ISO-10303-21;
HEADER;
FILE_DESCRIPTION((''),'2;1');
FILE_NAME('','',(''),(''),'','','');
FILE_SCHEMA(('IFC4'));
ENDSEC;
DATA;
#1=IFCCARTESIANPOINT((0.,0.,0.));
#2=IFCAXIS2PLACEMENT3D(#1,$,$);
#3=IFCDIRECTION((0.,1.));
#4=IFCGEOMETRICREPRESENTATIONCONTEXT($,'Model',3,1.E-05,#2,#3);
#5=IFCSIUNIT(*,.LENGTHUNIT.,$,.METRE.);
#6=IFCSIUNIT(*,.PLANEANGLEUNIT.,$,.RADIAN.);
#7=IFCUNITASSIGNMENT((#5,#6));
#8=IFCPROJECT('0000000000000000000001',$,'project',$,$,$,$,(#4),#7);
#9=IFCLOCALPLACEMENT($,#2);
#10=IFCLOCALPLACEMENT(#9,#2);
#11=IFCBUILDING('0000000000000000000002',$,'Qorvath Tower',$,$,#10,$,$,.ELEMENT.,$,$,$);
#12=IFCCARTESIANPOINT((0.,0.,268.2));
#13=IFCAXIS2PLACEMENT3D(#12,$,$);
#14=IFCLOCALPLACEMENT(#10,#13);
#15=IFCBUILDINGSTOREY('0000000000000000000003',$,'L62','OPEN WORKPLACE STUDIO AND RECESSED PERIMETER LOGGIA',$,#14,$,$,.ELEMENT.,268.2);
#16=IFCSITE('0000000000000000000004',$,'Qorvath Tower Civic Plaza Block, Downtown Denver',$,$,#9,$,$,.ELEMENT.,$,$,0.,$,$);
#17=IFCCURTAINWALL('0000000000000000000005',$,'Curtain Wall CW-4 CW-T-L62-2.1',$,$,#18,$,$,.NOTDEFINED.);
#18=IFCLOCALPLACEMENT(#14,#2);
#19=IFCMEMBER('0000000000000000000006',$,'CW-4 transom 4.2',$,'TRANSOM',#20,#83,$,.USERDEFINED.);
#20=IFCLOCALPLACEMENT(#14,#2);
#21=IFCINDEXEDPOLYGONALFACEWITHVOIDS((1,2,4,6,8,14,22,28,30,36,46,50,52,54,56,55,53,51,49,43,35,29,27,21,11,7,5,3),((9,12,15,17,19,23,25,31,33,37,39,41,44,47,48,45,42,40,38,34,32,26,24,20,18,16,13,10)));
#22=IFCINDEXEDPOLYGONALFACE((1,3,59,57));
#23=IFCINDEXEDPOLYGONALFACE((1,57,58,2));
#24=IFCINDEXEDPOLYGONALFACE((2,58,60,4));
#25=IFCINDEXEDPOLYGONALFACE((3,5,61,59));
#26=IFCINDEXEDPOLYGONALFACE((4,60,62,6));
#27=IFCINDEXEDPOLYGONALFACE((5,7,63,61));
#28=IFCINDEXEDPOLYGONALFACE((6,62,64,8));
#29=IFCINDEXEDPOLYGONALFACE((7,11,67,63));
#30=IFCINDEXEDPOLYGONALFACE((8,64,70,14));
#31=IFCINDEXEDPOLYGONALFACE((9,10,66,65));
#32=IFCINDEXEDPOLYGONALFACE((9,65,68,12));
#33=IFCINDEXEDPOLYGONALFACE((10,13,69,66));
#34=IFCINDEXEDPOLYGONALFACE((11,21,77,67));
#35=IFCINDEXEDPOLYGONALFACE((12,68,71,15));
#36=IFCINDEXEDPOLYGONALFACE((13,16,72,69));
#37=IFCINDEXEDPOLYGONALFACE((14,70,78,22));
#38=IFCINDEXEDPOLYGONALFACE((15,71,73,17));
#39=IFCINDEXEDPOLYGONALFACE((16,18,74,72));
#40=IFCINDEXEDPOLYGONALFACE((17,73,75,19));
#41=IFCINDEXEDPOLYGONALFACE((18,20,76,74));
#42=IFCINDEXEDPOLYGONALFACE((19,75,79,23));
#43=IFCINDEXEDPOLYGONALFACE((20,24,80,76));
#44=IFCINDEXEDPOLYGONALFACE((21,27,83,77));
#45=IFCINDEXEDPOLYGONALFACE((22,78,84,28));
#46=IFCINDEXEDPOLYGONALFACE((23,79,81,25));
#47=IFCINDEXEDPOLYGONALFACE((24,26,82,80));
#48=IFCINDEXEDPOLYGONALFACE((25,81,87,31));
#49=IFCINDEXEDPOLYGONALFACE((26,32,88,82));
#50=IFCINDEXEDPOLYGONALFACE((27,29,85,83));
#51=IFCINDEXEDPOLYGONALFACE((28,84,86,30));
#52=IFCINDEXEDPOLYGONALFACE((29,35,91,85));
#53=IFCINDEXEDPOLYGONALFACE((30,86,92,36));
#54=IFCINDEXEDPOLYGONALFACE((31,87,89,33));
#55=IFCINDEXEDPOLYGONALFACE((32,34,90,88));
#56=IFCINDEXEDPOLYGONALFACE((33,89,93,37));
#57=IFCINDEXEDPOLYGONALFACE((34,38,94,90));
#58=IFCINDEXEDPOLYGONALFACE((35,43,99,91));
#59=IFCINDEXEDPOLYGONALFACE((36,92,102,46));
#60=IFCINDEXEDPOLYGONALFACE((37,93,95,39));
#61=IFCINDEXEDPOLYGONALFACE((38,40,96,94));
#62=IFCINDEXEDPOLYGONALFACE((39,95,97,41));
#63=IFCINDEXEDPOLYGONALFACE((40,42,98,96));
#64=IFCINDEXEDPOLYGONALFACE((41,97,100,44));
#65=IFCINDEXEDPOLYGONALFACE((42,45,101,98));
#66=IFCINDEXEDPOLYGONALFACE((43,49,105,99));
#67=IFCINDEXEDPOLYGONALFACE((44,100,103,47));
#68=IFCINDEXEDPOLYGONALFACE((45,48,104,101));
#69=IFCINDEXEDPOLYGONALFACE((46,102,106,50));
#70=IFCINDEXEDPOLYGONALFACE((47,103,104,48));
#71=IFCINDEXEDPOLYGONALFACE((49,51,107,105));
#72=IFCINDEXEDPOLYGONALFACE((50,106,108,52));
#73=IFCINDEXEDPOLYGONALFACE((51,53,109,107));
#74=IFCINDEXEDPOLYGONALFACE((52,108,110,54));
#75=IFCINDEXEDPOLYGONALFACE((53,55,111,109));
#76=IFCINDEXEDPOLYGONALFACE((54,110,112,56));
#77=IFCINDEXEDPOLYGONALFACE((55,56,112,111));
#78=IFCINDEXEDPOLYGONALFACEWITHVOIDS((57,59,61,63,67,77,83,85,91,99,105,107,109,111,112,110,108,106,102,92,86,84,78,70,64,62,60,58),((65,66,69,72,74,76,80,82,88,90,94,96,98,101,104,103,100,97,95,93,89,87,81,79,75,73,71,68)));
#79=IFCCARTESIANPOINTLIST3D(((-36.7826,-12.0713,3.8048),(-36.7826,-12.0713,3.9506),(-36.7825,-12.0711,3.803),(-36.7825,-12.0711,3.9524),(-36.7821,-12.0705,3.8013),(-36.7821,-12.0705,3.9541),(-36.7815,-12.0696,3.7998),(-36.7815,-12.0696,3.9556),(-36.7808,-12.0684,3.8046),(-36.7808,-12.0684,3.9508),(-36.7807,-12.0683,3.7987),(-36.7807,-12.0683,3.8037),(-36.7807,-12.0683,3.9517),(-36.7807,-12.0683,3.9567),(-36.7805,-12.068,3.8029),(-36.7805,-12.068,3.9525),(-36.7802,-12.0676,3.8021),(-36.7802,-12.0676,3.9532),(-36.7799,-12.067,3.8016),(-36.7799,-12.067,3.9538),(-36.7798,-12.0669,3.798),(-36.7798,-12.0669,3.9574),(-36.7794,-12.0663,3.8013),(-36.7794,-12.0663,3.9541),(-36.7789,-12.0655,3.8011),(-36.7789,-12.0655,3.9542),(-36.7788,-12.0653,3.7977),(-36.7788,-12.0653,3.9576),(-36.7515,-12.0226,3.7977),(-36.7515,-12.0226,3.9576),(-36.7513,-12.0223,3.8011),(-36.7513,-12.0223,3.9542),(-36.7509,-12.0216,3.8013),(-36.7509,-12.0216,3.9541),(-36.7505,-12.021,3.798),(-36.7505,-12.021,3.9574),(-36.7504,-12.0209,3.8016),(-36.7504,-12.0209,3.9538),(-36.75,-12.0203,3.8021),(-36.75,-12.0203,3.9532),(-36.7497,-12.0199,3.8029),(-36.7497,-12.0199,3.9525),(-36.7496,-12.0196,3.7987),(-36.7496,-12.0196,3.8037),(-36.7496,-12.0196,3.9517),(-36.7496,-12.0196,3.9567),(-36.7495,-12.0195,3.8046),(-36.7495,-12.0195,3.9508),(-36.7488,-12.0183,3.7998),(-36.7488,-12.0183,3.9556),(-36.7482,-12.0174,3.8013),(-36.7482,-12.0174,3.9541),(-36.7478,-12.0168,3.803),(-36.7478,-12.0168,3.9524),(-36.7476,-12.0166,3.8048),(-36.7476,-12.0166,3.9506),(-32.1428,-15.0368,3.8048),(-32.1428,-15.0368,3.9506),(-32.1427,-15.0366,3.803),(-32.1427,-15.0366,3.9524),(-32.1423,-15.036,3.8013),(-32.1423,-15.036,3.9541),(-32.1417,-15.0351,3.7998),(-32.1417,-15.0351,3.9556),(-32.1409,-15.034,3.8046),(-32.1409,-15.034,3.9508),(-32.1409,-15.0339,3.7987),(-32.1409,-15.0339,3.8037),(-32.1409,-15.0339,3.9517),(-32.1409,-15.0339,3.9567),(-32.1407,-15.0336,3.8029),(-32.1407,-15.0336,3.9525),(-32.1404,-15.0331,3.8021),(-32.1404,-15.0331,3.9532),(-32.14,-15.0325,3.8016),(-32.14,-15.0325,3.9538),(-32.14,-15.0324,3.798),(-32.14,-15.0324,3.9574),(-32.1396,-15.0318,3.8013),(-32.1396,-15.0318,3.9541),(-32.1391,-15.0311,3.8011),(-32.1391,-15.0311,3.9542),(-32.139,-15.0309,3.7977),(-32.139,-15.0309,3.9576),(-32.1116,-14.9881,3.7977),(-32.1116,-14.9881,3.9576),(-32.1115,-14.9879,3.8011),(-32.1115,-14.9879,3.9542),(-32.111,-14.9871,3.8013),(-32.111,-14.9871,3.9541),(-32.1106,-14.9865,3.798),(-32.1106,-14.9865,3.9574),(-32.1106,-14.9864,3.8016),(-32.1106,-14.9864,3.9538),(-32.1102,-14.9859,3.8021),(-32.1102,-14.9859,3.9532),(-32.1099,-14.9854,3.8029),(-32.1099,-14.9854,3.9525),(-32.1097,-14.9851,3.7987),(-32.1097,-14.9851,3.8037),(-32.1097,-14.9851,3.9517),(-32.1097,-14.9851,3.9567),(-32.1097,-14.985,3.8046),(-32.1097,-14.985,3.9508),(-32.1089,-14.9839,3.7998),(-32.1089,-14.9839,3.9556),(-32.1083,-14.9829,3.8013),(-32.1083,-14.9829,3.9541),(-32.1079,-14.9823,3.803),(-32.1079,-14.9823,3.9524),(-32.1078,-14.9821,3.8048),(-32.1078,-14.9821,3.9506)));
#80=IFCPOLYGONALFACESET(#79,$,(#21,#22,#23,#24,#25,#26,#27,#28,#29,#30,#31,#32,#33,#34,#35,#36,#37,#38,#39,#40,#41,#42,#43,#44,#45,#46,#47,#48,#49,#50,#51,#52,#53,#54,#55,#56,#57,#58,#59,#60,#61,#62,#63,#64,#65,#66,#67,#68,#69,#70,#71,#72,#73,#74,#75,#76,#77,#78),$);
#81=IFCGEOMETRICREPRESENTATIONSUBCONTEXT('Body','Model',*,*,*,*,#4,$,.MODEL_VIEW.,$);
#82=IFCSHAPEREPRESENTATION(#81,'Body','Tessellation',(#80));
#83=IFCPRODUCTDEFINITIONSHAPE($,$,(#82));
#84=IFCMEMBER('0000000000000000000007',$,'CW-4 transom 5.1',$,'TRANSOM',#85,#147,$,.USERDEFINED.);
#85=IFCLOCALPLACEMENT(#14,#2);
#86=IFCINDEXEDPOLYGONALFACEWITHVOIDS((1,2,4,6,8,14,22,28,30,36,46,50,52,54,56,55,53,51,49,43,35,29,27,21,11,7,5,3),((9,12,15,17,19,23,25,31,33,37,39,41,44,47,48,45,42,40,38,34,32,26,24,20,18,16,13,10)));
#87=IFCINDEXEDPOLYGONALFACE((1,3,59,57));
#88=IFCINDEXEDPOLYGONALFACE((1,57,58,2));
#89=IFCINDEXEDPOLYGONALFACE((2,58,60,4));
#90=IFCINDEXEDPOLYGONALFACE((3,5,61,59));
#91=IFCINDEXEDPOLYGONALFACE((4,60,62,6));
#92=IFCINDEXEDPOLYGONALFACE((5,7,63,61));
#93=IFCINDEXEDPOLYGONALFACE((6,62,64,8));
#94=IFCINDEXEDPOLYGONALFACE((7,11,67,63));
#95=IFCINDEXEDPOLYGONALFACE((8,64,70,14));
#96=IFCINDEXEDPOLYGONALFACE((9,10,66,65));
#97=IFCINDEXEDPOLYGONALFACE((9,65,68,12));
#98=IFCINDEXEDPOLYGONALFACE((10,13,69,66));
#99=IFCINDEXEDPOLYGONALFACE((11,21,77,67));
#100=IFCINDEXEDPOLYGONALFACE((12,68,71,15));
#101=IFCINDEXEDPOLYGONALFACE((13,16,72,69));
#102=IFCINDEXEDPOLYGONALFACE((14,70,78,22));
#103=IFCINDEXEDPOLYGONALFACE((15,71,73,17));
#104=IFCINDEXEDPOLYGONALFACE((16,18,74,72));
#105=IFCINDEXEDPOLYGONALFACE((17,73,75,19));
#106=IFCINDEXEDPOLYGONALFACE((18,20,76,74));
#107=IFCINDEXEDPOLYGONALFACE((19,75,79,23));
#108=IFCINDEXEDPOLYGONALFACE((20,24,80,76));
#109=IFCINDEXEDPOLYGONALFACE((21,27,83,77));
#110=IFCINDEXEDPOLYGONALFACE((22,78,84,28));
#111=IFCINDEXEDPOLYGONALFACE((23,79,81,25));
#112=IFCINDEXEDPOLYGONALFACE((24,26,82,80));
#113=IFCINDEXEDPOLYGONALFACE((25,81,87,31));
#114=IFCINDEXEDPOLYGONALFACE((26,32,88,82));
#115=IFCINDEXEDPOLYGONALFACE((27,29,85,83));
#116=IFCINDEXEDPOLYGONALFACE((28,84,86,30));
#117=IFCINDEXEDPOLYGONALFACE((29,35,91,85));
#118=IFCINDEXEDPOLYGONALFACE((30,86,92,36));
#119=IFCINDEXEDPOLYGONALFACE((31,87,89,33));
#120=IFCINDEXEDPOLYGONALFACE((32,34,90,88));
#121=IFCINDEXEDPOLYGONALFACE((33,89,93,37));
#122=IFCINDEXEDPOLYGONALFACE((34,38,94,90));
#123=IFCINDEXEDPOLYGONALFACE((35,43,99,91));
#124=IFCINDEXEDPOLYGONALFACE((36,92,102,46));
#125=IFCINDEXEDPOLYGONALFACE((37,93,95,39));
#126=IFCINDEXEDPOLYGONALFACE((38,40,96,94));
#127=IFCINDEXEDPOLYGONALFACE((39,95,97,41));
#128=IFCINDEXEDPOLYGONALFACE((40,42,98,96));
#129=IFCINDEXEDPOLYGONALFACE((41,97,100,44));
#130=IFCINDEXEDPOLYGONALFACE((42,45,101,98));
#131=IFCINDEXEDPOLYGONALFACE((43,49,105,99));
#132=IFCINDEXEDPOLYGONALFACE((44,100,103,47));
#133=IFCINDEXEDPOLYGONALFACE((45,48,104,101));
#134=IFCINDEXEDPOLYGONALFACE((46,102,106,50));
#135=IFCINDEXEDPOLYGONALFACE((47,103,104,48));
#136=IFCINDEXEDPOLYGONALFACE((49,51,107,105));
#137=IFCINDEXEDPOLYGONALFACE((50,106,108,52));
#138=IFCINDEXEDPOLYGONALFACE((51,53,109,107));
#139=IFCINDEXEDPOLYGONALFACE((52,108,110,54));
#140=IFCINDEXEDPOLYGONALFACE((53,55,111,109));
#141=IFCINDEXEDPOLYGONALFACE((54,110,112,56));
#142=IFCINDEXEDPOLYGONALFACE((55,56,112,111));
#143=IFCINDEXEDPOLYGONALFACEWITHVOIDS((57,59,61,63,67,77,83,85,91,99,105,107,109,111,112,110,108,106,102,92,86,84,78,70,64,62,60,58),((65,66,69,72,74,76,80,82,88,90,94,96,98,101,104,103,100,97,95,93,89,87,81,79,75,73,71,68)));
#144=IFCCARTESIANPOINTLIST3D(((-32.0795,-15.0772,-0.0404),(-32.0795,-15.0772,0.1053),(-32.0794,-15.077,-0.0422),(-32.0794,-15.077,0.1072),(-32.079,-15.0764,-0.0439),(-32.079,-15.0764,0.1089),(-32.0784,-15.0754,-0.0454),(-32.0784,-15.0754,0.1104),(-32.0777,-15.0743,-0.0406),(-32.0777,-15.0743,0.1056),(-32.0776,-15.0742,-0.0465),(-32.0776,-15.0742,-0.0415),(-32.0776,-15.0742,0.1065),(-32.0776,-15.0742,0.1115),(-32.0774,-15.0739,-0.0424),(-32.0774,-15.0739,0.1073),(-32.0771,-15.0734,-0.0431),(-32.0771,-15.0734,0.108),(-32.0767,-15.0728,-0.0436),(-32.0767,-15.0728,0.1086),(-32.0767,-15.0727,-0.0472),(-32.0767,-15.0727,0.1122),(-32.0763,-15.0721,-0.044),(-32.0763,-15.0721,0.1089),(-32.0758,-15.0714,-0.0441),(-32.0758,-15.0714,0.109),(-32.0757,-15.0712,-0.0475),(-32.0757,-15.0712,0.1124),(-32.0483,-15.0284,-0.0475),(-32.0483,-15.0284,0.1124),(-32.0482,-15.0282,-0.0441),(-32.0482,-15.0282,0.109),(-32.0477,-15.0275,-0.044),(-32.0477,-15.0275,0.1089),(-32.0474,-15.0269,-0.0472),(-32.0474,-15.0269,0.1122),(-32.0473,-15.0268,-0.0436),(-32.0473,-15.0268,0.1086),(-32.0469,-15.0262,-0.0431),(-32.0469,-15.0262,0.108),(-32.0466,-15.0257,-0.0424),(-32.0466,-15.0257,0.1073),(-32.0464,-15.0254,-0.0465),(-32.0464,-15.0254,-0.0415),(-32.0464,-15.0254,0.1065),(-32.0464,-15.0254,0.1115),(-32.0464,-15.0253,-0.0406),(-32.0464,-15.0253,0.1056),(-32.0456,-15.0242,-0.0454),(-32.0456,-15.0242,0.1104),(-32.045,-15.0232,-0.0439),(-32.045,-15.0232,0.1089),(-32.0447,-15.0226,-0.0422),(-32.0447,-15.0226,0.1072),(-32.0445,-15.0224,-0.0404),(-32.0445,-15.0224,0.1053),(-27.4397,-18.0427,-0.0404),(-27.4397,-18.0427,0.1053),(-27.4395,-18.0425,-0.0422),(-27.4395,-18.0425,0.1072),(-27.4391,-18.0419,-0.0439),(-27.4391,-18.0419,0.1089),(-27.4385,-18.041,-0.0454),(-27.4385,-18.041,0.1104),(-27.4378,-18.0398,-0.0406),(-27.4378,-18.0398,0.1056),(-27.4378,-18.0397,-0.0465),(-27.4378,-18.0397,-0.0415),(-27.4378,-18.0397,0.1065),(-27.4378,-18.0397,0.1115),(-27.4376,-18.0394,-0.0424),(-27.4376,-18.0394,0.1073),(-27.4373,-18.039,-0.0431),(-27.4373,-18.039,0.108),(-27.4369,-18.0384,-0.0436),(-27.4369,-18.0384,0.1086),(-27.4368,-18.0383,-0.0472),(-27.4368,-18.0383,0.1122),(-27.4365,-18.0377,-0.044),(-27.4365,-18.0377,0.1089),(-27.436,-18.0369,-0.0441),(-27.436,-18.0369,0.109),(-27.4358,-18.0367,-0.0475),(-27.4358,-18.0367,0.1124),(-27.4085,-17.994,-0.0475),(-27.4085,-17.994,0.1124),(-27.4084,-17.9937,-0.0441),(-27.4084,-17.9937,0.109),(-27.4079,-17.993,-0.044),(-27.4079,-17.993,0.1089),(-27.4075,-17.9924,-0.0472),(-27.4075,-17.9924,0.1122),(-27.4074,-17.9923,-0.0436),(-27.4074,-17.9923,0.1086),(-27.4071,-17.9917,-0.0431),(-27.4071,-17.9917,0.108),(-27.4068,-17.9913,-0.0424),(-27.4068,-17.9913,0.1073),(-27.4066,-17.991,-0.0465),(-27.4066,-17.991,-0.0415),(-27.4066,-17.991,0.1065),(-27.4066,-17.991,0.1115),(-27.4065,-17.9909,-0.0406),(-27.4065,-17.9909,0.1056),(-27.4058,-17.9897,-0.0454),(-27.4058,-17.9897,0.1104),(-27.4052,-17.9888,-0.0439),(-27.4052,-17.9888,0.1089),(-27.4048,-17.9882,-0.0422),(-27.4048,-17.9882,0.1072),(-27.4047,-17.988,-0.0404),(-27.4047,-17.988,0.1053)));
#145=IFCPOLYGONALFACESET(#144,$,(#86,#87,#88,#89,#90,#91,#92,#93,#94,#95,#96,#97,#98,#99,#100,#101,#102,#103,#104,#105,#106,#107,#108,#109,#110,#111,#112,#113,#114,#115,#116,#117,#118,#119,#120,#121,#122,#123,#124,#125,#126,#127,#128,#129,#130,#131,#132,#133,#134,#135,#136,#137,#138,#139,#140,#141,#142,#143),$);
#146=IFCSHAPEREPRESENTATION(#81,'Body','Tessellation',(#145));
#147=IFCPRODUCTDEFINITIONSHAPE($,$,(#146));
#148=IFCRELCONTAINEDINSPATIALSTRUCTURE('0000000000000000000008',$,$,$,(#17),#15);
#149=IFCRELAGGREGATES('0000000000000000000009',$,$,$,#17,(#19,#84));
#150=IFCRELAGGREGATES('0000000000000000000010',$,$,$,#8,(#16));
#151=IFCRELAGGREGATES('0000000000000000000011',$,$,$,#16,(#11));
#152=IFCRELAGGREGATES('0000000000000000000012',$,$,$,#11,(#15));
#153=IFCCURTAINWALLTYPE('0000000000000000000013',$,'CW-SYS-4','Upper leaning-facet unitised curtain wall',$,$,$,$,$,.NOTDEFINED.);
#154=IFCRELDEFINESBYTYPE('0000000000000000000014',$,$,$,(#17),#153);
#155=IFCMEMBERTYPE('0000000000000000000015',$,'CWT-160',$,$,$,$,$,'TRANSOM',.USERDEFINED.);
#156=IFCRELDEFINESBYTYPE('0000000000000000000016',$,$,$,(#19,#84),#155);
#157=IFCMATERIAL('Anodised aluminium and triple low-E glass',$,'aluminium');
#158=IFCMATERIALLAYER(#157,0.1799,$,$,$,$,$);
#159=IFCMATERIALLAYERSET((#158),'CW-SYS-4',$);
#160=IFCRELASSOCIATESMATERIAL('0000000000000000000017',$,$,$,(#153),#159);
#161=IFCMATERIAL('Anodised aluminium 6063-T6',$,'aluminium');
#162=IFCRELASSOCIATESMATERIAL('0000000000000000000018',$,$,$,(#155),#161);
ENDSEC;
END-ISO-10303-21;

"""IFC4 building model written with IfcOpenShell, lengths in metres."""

from ifc_helpers import new_model, si_unit, direction, frame, origin, origin_2d, place, context, subcontext, project, spatial, hollow_rectangle, extrude, material, layer, layer_set, material_profile, profile_set, type_object, element, aggregate, save


model = new_model("IFC4")

# Units and contexts
model_context = context("Model", 3, precision=1e-05, world=origin(), true_north=direction((0.0, 1.0)))
body_context = subcontext(model_context, "Body", "Model", "MODEL_VIEW")
ifc_project = project(units=[si_unit("LENGTHUNIT", "METRE"), si_unit("PLANEANGLEUNIT", "RADIAN")], contexts=[model_context])

# Site, building, storey
site_placement = place(None, origin())
site = spatial("IfcSite", under=ifc_project, at=site_placement, Name="Qorvath Tower Civic Plaza Block, Downtown Denver", CompositionType="ELEMENT", RefElevation=0.0)
building_placement = place(site_placement, origin())
building = spatial("IfcBuilding", under=site, at=building_placement, Name="Qorvath Tower", CompositionType="ELEMENT")
storey_placement = place(building_placement, frame((0.0, 0.0, 268.2)))
storey = spatial("IfcBuildingStorey", under=building, at=storey_placement, Name="L62", Description="OPEN WORKPLACE STUDIO AND RECESSED PERIMETER LOGGIA", CompositionType="ELEMENT", Elevation=268.2)

# Curtain wall, members
ifc_material_1 = material(Name="Anodised aluminium and triple low-E glass", Category="aluminium")
ifc_layer_1 = layer(ifc_material_1, 0.1799)
ifc_layer_set_1 = layer_set([ifc_layer_1], Name="CW-SYS-4")
curtain_wall_type = type_object("IfcCurtainWallType", Name="CW-SYS-4", Description="Upper leaning-facet unitised curtain wall", PredefinedType="NOTDEFINED", material=ifc_layer_set_1)
curtain_wall_placement = place(storey_placement, origin())
curtain_wall = element("IfcCurtainWall", 1, at=curtain_wall_placement, inside=storey, type_object=curtain_wall_type, Name="Curtain Wall CW-4 CW-T-L62-2.1", PredefinedType="NOTDEFINED")
ifc_material_2 = material(Name="Anodised aluminium 6063-T6", Category="aluminium")
ifc_material_profile_1 = material_profile(ifc_material_2, hollow_rectangle(XDim=0.0649, YDim=0.1599, WallThickness=0.0034, InnerFilletRadius=0.0034, OuterFilletRadius=0.0071, at=origin_2d()), Name="CWT 160x65")
ifc_profile_set_1 = profile_set([ifc_material_profile_1], Name="Anodised aluminium 6063-T6")
member_type_1 = type_object("IfcMemberType", Name="CWT-160", ElementType="TRANSOM", PredefinedType="USERDEFINED", material=ifc_profile_set_1)
member_1_placement = place(storey_placement, frame((-36.7651, -12.0439, 3.8777), z_axis=(0.842597, -0.538544, 0.0), x_axis=(0.538544, 0.842597, 0.0)))
member_1 = element("IfcMember", 2, at=member_1_placement, type_object=member_type_1, Name="CW-4 transom 4.2", ObjectType="TRANSOM", PredefinedType="USERDEFINED", context=body_context, shape_type="SweptSolid", body=[
    extrude(hollow_rectangle(XDim=0.0649, YDim=0.1599, WallThickness=0.0034, InnerFilletRadius=0.0034, OuterFilletRadius=0.0071, at=origin_2d()), origin(), (0.0, 0.0, 1.0), 5.5066),
])
member_2_placement = place(storey_placement, frame((-32.062, -15.0498, 0.0325), z_axis=(0.842597, -0.538544, 0.0), x_axis=(0.538544, 0.842597, 0.0)))
member_2 = element("IfcMember", 3, at=member_2_placement, type_object=member_type_1, Name="CW-4 transom 5.1", ObjectType="TRANSOM", PredefinedType="USERDEFINED", context=body_context, shape_type="SweptSolid", body=[
    extrude(hollow_rectangle(XDim=0.0649, YDim=0.1599, WallThickness=0.0034, InnerFilletRadius=0.0034, OuterFilletRadius=0.0071, at=origin_2d()), origin(), (0.0, 0.0, 1.0), 5.5066),
])
aggregate(curtain_wall, [member_1, member_2])

save(model, "model.ifc")
